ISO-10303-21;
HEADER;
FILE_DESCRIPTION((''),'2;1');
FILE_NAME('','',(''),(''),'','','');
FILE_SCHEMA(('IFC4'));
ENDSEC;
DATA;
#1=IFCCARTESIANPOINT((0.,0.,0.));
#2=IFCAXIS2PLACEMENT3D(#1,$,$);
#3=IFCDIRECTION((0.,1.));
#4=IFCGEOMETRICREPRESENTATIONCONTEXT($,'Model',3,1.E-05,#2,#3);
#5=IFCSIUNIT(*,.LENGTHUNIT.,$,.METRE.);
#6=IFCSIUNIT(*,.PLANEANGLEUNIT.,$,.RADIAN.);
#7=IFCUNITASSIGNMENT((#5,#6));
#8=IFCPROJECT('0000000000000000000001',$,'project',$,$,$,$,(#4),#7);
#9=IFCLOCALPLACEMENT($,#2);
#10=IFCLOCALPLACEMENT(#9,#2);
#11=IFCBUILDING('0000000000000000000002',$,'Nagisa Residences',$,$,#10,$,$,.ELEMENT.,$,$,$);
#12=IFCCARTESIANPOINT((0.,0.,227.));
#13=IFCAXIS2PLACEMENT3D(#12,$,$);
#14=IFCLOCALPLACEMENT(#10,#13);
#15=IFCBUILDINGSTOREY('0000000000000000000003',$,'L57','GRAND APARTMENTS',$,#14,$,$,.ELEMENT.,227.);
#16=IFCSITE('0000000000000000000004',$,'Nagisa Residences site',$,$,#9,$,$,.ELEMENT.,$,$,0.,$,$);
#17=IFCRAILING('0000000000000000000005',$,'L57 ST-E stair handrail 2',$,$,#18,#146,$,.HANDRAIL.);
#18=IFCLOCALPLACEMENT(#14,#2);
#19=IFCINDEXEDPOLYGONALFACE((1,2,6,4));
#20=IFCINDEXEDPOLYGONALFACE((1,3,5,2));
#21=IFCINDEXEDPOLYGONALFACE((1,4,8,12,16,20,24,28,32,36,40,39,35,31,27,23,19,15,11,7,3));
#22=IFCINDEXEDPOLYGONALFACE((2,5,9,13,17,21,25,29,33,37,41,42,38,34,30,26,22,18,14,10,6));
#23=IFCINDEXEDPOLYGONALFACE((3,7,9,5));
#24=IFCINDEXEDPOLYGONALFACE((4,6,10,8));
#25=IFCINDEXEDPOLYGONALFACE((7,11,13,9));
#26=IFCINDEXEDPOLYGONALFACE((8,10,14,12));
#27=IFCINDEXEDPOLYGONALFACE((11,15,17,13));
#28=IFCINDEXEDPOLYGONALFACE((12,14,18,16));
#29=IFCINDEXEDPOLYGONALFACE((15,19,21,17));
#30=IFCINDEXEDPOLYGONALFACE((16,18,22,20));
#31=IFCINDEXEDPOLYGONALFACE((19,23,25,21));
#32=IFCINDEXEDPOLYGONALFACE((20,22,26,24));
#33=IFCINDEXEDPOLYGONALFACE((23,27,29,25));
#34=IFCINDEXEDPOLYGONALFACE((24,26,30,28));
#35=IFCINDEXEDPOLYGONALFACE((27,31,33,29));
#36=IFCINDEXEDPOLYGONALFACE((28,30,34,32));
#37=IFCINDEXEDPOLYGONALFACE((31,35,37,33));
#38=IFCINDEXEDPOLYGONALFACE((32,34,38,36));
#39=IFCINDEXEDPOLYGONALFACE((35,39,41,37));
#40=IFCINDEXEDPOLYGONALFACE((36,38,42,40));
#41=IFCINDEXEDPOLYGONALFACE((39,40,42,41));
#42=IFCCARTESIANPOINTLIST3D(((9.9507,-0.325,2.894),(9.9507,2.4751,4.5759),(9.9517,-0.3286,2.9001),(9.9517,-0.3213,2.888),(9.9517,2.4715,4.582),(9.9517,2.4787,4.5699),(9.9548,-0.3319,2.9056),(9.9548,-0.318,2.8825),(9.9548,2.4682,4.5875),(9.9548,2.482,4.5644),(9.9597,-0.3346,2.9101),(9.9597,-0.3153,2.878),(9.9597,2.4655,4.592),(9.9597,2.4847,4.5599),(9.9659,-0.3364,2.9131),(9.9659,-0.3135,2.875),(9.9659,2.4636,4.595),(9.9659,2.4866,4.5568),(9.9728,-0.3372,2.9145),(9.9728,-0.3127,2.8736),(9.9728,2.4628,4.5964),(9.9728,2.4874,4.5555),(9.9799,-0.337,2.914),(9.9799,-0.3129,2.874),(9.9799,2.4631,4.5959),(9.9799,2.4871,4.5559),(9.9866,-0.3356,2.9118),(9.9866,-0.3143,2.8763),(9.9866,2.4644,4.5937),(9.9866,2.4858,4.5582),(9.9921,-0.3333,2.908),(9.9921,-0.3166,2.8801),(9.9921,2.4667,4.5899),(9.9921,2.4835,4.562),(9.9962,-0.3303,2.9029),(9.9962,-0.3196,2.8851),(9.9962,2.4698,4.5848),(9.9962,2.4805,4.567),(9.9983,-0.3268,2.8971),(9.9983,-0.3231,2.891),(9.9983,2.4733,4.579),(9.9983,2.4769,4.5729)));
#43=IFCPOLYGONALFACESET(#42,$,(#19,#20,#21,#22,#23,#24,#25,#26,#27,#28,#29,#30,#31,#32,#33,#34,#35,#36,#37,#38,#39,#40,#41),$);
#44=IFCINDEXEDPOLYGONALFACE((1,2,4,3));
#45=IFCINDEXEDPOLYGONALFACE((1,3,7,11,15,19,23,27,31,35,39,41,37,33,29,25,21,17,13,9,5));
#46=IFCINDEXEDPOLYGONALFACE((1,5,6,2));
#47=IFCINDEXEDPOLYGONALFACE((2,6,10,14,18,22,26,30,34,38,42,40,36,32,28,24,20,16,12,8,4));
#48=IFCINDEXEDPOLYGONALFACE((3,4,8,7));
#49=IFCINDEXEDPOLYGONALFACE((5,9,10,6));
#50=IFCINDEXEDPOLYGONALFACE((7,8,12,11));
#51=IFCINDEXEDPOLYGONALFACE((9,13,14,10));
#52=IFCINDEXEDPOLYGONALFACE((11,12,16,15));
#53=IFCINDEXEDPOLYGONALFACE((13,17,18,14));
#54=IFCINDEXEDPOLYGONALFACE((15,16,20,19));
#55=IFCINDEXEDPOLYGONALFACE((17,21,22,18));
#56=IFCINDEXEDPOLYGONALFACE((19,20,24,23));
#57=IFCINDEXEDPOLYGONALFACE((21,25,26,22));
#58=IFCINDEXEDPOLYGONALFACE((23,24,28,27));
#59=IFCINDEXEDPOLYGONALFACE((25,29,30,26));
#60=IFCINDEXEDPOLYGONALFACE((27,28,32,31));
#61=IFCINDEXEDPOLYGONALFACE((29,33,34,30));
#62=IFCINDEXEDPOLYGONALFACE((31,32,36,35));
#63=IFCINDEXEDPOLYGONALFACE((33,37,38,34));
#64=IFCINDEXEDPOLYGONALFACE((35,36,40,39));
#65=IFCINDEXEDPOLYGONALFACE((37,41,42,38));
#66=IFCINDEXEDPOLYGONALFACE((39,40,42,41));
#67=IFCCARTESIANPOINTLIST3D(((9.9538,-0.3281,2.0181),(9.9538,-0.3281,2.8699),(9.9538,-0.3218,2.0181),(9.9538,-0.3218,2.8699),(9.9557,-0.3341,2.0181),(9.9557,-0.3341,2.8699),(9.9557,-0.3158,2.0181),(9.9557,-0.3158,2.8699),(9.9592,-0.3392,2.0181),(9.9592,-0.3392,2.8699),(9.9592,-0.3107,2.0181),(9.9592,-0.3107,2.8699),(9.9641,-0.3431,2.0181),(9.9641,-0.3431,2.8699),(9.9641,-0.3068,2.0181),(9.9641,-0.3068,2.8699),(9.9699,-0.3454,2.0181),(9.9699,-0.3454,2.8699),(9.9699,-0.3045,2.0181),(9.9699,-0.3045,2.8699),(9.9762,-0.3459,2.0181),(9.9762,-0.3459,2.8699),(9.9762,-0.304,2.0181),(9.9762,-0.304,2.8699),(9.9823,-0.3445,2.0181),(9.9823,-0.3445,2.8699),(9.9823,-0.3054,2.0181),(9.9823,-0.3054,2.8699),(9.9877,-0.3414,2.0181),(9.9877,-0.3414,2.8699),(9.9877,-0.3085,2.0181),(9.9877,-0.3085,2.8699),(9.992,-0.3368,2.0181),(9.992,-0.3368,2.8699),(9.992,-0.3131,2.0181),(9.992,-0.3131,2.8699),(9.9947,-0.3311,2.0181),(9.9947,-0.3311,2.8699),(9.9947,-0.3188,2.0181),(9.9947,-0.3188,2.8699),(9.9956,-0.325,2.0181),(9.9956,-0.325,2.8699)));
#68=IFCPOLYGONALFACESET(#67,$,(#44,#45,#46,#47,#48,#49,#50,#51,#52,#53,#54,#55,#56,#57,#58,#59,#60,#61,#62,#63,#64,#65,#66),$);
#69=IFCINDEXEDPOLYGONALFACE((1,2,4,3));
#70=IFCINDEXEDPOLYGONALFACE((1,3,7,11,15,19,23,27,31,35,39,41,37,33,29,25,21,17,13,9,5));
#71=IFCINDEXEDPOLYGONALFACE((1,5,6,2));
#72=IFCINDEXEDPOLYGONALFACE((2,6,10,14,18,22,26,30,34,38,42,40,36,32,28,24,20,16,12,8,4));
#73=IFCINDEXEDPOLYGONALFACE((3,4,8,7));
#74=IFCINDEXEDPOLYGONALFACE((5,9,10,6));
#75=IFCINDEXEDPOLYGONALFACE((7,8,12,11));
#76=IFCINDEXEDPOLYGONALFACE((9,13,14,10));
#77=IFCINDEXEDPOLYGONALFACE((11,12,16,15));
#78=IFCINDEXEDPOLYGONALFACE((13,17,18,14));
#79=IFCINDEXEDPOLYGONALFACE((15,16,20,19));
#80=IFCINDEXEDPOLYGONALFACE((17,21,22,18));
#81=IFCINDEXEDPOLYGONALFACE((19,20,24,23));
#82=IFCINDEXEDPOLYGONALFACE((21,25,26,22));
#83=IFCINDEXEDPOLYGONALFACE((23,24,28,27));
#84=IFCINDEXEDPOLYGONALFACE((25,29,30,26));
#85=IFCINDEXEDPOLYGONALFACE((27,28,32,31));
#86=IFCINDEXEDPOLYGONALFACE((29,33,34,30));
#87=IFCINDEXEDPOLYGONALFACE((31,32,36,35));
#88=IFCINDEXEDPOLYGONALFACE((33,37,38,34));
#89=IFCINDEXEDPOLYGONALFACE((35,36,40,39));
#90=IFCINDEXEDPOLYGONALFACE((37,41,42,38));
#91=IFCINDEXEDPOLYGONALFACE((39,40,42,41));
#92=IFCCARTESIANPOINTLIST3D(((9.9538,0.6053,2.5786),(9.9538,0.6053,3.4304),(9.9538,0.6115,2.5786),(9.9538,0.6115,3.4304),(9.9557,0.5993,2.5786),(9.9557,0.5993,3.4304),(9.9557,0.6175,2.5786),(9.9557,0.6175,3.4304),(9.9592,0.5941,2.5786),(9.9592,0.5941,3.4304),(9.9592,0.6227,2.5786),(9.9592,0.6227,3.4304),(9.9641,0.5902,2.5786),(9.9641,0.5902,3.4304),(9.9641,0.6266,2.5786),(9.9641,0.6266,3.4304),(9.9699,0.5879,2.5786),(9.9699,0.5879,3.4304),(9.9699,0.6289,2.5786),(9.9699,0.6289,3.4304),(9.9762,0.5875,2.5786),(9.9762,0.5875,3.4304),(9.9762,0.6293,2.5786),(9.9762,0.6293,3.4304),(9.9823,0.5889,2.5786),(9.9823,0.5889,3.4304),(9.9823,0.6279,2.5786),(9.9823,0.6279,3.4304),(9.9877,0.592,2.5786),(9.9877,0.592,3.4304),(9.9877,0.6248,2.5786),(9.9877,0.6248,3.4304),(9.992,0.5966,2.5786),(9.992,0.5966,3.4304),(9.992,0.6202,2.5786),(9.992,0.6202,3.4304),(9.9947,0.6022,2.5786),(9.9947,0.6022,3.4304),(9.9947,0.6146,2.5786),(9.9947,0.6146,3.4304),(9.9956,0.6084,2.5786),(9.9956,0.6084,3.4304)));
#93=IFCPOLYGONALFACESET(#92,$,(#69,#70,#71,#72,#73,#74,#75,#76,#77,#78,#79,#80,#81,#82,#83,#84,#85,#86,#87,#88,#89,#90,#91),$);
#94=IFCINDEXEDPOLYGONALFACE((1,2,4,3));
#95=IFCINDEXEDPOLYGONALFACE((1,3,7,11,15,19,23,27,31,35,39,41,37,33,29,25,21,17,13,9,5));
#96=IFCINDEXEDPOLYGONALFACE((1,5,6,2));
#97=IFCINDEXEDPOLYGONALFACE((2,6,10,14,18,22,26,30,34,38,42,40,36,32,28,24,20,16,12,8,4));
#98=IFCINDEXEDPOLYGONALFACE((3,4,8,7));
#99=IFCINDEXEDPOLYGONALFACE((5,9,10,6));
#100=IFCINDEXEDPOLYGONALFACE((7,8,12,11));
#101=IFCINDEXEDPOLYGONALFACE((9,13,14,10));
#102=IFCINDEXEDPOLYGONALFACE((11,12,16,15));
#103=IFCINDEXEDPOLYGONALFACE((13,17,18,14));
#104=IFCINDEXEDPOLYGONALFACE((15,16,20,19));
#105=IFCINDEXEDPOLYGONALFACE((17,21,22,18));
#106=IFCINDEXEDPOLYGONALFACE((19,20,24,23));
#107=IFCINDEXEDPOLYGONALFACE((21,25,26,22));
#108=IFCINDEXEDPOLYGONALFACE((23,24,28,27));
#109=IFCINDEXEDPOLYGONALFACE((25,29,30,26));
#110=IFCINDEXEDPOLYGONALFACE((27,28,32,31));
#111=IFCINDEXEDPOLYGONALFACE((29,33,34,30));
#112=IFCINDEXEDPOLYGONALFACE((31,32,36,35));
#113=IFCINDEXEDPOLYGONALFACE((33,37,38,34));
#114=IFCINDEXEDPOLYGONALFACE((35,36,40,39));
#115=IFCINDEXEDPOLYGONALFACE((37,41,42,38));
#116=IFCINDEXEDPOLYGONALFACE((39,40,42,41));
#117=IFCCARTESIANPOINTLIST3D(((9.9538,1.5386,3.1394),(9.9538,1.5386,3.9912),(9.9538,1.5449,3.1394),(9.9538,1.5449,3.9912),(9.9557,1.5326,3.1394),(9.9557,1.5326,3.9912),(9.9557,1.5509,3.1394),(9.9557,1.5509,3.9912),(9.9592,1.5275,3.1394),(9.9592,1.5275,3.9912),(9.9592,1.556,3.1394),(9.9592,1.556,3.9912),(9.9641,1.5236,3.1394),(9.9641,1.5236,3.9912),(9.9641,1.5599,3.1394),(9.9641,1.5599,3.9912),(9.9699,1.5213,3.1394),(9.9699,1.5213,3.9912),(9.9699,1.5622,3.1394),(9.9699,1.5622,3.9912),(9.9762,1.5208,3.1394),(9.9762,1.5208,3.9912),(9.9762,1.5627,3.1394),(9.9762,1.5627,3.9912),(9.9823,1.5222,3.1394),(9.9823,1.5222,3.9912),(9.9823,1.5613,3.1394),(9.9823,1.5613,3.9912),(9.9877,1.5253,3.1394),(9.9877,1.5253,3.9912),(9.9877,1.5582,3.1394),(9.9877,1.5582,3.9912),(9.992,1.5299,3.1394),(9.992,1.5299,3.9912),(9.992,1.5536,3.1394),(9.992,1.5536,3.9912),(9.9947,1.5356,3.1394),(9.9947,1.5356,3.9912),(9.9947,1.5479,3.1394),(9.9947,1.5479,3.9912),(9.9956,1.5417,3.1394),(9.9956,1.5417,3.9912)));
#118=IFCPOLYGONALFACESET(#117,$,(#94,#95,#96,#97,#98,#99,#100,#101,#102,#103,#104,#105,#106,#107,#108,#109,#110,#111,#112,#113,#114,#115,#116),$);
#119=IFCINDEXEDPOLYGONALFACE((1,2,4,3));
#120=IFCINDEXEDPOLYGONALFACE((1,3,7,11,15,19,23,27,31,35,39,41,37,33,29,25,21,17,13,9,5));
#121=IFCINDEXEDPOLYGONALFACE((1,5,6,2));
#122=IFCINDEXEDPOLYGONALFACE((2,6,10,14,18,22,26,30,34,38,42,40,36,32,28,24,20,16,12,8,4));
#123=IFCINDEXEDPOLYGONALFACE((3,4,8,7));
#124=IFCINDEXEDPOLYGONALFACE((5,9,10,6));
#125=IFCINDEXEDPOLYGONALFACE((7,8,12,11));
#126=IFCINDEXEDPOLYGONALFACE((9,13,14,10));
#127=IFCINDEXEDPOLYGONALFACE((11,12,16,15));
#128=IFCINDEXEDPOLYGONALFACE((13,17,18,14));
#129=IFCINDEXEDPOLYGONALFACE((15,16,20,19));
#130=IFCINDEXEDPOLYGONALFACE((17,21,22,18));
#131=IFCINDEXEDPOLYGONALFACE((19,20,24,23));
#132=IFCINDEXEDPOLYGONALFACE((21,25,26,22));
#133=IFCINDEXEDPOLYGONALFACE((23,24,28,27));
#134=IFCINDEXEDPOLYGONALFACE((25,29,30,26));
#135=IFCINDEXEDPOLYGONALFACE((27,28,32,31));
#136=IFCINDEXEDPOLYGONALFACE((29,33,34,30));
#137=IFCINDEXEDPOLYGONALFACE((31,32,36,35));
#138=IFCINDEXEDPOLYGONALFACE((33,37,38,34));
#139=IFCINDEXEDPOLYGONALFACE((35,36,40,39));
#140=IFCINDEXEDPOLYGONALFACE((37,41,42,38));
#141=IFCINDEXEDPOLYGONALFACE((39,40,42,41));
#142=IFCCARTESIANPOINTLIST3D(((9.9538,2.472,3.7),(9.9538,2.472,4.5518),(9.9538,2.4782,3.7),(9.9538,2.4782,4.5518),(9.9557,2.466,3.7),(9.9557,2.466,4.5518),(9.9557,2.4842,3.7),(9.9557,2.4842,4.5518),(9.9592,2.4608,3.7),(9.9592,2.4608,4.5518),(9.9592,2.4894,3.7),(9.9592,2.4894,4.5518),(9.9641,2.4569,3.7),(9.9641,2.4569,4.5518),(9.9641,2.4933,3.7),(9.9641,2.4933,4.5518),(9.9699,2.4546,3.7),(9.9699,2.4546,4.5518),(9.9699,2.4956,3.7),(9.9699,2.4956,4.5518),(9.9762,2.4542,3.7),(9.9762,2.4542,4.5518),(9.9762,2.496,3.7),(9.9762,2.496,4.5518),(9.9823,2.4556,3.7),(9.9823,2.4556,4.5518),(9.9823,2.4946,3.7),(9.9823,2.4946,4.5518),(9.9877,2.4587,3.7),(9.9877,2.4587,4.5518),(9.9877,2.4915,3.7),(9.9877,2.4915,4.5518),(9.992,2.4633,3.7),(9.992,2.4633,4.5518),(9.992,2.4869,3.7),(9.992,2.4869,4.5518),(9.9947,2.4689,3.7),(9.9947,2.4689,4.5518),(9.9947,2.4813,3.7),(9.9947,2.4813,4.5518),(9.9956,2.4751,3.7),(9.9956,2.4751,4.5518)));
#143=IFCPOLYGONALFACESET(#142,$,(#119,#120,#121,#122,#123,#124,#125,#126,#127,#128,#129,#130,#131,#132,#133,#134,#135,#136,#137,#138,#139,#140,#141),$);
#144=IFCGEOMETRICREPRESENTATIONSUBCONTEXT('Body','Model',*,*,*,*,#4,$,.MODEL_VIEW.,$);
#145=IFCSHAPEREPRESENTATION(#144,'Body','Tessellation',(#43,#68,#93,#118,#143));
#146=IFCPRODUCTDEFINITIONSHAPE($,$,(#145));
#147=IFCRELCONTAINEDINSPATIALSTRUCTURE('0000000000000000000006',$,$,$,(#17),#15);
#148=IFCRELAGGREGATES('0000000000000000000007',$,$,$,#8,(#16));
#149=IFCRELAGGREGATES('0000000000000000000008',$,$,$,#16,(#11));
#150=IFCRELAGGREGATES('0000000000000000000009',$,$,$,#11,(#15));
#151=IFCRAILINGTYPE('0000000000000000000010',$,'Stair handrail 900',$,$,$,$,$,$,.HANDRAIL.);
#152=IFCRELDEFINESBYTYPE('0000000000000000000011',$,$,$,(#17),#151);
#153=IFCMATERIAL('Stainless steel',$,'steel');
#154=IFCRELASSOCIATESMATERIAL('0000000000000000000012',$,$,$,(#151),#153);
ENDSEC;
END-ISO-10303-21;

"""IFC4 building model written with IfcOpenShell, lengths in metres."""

from ifc_helpers import new_model, si_unit, direction, frame, origin, origin_2d, place, context, subcontext, project, spatial, circle, extrude, material, type_object, element, save


model = new_model("IFC4")

# Units and contexts
model_context = context("Model", 3, precision=1e-05, world=origin(), true_north=direction((0.0, 1.0)))
body_context = subcontext(model_context, "Body", "Model", "MODEL_VIEW")
ifc_project = project(units=[si_unit("LENGTHUNIT", "METRE"), si_unit("PLANEANGLEUNIT", "RADIAN")], contexts=[model_context])

# Site, building, storey
site_placement = place(None, origin())
site = spatial("IfcSite", under=ifc_project, at=site_placement, Name="Nagisa Residences site", CompositionType="ELEMENT", RefElevation=0.0)
building_placement = place(site_placement, origin())
building = spatial("IfcBuilding", under=site, at=building_placement, Name="Nagisa Residences", CompositionType="ELEMENT")
storey_placement = place(building_placement, frame((0.0, 0.0, 227.0)))
storey = spatial("IfcBuildingStorey", under=building, at=storey_placement, Name="L57", Description="GRAND APARTMENTS", CompositionType="ELEMENT", Elevation=227.0)

# Railing
ifc_material_1 = material(Name="Stainless steel", Category="steel")
railing_type_1 = type_object("IfcRailingType", Name="Stair handrail 900", PredefinedType="HANDRAIL", material=ifc_material_1)
railing_1_placement = place(storey_placement, frame((9.9746, -0.325, 2.0181)))
element("IfcRailing", 1, at=railing_1_placement, inside=storey, type_object=railing_type_1, Name="L57 ST-E stair handrail 2", PredefinedType="HANDRAIL", context=body_context, shape_type="SweptSolid", body=[
    extrude(circle(Radius=0.0239, at=origin_2d()), frame((0.0, 0.0, 0.876), z_axis=(0.0, 0.857242, 0.514913), x_axis=(-1.0, 0.0, 0.0)), (0.0, 0.0, 1.0), 3.2664),
    extrude(circle(Radius=0.021, at=origin_2d()), origin(), (0.0, 0.0, 1.0), 0.8518),
    extrude(circle(Radius=0.021, at=origin_2d()), frame((0.0, 0.9333, 0.5605)), (0.0, 0.0, 1.0), 0.8518),
    extrude(circle(Radius=0.021, at=origin_2d()), frame((0.0, 1.8667, 1.1213)), (0.0, 0.0, 1.0), 0.8518),
    extrude(circle(Radius=0.021, at=origin_2d()), frame((0.0, 2.8, 1.6819)), (0.0, 0.0, 1.0), 0.8518),
])

save(model, "model.ifc")
